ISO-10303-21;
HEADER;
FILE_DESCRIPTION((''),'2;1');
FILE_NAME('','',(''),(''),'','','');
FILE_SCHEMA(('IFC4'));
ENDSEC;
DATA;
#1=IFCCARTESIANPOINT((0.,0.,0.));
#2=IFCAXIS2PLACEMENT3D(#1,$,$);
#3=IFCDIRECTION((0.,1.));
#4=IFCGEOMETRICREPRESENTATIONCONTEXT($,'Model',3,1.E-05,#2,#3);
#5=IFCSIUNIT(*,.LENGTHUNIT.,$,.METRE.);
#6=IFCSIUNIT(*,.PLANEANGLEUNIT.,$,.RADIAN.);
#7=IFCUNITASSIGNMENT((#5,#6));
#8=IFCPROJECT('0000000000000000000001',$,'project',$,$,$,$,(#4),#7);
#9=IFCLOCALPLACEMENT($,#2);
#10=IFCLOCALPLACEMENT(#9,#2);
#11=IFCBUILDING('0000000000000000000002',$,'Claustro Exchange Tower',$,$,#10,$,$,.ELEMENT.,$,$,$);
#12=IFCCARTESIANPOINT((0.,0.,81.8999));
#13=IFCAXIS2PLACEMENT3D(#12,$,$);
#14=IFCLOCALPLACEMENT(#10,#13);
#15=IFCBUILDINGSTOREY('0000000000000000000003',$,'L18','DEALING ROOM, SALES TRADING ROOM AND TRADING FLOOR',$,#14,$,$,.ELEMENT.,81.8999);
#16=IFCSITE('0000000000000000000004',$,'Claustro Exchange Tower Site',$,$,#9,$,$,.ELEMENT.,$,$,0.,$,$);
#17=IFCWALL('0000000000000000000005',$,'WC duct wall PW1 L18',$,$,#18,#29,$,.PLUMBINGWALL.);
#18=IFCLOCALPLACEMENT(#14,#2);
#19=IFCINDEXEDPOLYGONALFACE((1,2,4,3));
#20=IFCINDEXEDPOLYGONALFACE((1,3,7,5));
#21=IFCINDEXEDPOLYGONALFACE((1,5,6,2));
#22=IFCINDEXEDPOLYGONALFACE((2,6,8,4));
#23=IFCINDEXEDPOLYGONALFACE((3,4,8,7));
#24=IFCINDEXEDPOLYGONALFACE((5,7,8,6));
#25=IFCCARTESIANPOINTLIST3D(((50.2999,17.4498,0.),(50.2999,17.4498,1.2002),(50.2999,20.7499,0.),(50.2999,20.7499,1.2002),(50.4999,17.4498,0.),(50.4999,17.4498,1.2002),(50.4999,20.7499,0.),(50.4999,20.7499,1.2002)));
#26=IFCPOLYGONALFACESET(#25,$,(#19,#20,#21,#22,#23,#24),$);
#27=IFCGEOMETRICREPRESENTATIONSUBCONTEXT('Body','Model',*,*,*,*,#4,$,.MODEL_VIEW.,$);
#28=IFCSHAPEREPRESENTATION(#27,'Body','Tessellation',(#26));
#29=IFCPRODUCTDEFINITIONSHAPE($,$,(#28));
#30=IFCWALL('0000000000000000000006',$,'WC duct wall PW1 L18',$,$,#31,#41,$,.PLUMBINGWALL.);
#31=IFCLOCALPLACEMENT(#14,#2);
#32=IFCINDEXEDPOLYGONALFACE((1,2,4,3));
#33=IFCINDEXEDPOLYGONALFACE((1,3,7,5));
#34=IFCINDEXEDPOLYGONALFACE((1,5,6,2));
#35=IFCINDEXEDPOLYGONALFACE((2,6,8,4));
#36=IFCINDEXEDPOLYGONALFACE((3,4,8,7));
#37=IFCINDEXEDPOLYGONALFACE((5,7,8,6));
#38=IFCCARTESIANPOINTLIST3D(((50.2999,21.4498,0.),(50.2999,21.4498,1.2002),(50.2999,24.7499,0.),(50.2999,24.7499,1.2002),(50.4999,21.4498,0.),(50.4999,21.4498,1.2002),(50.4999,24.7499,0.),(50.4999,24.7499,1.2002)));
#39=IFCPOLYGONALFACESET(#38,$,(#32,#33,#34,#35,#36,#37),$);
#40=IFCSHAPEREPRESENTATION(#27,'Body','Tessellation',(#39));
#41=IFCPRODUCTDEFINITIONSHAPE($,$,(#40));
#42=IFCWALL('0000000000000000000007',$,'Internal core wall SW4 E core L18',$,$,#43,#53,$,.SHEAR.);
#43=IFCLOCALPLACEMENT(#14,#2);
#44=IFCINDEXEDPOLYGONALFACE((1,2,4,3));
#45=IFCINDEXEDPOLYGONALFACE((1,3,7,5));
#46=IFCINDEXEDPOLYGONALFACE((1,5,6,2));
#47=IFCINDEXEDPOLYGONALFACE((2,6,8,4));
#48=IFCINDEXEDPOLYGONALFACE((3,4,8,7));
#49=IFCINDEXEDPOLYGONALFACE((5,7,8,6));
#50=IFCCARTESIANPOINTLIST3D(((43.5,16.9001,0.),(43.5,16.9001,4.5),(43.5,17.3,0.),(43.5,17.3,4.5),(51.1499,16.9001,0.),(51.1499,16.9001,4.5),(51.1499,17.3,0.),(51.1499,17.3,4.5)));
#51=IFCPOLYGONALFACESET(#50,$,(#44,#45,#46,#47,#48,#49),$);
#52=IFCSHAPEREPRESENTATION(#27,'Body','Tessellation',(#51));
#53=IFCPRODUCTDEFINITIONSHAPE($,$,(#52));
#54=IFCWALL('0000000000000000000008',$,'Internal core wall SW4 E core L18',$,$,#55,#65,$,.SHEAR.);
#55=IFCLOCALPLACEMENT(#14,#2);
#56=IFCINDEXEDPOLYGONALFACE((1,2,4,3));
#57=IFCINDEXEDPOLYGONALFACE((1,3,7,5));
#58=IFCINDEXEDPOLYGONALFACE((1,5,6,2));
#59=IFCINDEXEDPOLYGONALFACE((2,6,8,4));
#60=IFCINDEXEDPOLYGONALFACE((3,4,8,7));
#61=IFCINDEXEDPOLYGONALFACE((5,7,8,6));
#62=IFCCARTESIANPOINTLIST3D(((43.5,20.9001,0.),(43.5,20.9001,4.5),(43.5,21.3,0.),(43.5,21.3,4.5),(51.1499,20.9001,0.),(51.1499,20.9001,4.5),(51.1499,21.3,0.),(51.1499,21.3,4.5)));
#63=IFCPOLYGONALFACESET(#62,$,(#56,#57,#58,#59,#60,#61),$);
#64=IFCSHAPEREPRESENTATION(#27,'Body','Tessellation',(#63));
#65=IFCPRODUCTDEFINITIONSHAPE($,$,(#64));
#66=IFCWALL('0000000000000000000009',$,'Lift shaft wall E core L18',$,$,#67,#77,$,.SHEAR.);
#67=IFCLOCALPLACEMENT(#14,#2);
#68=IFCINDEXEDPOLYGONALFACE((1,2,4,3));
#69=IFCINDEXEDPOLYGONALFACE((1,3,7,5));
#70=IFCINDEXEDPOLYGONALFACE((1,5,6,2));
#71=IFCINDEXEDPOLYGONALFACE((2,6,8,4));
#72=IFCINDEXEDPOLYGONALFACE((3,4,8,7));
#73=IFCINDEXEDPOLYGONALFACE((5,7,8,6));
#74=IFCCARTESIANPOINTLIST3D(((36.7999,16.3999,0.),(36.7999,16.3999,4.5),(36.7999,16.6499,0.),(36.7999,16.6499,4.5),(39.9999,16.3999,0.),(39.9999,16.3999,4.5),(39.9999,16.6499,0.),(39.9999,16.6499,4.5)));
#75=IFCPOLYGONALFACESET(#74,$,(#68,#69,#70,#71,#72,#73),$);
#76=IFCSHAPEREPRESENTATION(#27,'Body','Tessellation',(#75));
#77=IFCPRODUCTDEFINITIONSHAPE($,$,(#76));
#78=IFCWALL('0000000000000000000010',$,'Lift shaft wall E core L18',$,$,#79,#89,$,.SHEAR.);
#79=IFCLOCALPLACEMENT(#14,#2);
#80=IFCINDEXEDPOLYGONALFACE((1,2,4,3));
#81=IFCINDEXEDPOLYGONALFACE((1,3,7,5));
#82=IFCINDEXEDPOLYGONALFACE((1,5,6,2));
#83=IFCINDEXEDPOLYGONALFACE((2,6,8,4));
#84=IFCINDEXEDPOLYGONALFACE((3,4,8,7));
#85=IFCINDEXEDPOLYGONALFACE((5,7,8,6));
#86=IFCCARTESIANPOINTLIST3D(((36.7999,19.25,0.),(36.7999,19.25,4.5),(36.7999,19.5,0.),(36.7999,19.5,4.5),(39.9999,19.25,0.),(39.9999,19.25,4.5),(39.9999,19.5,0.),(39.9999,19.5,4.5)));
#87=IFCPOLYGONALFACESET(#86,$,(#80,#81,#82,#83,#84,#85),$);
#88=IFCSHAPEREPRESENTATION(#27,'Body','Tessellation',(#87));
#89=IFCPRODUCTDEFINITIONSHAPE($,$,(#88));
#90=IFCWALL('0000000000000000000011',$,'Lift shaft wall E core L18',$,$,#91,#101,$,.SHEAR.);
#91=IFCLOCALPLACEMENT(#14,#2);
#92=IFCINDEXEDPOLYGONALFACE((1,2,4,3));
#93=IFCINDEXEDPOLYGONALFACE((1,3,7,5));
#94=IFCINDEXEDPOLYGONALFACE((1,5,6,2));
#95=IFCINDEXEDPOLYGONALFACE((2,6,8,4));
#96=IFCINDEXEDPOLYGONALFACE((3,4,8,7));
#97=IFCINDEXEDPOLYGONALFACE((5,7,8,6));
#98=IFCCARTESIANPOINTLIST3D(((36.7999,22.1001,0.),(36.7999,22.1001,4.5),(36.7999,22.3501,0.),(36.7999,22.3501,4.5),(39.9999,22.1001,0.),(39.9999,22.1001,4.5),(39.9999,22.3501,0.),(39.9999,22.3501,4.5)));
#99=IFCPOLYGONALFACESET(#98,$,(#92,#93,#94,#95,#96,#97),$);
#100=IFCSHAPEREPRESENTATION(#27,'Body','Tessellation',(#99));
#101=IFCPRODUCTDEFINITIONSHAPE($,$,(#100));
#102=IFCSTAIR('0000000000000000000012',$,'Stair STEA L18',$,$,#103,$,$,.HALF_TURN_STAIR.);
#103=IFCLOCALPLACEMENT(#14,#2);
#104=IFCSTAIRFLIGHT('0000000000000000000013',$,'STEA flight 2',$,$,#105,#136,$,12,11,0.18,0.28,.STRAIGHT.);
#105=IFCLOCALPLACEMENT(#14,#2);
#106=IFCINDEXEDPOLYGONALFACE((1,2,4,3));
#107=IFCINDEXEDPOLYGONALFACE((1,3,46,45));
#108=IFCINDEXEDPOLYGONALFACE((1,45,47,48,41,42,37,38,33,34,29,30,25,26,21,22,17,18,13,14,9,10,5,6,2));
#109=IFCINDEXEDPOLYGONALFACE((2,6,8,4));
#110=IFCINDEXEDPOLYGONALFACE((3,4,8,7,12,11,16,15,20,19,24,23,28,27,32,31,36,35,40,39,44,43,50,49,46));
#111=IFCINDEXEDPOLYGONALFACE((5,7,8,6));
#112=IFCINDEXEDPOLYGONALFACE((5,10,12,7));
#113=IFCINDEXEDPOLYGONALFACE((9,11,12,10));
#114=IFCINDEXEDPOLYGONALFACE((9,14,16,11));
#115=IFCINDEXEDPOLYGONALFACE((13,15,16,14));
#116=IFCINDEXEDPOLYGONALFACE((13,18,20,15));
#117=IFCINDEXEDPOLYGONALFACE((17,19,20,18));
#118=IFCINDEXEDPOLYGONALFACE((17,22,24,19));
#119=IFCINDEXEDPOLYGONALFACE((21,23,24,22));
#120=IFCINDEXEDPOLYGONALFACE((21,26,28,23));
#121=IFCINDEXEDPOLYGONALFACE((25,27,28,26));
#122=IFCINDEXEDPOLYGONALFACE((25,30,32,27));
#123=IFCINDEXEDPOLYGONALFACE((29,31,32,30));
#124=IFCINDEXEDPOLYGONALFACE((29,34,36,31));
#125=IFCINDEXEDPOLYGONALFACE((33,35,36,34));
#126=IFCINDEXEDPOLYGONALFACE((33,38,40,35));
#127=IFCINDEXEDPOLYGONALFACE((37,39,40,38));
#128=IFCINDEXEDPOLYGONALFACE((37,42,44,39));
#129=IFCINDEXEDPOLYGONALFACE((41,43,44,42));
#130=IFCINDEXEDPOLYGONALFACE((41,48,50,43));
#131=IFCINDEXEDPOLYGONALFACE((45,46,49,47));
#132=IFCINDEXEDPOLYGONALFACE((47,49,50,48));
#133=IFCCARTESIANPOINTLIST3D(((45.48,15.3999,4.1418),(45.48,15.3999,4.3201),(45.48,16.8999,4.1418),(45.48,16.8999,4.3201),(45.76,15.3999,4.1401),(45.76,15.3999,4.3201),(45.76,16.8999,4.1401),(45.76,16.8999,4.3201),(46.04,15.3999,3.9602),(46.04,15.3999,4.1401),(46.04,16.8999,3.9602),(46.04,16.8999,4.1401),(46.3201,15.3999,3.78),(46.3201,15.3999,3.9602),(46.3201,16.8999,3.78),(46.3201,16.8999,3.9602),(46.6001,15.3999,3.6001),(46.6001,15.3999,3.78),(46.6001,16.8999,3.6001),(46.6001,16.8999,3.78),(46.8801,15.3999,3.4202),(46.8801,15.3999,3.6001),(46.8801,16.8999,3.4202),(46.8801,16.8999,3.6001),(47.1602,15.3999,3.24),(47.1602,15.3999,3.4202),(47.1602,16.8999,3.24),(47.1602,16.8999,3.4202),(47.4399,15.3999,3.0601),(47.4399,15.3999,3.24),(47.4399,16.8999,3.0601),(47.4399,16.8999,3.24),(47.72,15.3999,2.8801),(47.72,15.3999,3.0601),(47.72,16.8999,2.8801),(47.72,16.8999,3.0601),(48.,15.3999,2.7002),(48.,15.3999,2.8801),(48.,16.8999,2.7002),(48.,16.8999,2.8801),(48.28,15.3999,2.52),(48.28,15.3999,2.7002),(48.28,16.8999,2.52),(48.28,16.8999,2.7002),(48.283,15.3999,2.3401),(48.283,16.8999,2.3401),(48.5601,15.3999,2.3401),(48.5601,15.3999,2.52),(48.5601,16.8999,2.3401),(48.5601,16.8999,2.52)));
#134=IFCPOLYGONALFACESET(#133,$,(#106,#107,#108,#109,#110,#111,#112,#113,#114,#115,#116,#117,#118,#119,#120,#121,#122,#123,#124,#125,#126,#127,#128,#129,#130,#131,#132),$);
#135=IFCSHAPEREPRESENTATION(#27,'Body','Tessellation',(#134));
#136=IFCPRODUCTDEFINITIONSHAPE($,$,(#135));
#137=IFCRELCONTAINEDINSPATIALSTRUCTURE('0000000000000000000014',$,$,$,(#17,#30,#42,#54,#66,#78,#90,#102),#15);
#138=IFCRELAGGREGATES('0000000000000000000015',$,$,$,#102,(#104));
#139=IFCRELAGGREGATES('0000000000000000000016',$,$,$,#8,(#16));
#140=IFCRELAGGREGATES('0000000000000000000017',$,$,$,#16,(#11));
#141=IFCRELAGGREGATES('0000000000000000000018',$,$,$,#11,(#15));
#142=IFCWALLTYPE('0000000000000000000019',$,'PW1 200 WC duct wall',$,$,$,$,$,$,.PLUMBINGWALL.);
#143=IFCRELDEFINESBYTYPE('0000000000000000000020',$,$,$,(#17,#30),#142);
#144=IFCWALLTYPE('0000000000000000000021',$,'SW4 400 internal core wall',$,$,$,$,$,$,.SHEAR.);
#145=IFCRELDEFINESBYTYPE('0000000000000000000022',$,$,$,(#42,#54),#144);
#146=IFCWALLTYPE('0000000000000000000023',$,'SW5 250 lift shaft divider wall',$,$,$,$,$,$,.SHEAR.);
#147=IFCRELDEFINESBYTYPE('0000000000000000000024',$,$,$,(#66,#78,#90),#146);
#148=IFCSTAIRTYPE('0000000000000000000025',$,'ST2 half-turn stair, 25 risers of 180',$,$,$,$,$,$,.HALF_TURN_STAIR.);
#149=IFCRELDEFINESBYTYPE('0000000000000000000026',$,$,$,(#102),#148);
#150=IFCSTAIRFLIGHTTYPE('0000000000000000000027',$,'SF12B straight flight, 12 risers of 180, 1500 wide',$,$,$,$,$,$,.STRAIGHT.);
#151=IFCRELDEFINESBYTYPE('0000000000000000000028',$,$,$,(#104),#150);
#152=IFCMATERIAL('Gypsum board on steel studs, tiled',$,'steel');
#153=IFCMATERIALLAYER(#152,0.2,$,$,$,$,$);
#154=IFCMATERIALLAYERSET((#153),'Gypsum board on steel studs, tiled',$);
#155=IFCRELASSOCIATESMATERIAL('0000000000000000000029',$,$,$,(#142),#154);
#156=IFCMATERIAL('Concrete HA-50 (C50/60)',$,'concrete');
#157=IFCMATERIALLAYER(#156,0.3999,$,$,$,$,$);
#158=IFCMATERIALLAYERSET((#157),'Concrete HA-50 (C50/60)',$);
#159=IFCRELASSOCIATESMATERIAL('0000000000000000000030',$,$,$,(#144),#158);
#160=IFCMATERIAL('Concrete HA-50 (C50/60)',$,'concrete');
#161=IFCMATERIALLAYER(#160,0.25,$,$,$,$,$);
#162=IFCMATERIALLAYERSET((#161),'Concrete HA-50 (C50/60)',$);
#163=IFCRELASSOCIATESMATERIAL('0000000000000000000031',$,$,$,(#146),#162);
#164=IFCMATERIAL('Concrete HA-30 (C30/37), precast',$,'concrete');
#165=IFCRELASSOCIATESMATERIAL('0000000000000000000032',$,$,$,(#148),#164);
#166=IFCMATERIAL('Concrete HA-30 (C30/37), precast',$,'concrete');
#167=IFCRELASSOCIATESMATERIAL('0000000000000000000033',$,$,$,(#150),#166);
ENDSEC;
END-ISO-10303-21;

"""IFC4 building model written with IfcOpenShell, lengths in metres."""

from ifc_helpers import new_model, si_unit, direction, frame, frame_2d, origin, place, context, subcontext, project, spatial, polyline, rectangle, outline, extrude, material, layer, layer_set, type_object, element, aggregate, save


model = new_model("IFC4")

# Units and contexts
model_context = context("Model", 3, precision=1e-05, world=origin(), true_north=direction((0.0, 1.0)))
body_context = subcontext(model_context, "Body", "Model", "MODEL_VIEW")
ifc_project = project(units=[si_unit("LENGTHUNIT", "METRE"), si_unit("PLANEANGLEUNIT", "RADIAN")], contexts=[model_context])

# Site, building, storey
site_placement = place(None, origin())
site = spatial("IfcSite", under=ifc_project, at=site_placement, Name="Claustro Exchange Tower Site", CompositionType="ELEMENT", RefElevation=0.0)
building_placement = place(site_placement, origin())
building = spatial("IfcBuilding", under=site, at=building_placement, Name="Claustro Exchange Tower", CompositionType="ELEMENT")
storey_placement = place(building_placement, frame((0.0, 0.0, 81.8999)))
storey = spatial("IfcBuildingStorey", under=building, at=storey_placement, Name="L18", Description="DEALING ROOM, SALES TRADING ROOM AND TRADING FLOOR", CompositionType="ELEMENT", Elevation=81.8999)

# Walls
ifc_material_1 = material(Name="Gypsum board on steel studs, tiled", Category="steel")
ifc_layer_1 = layer(ifc_material_1, 0.2)
ifc_layer_set_1 = layer_set([ifc_layer_1], Name="Gypsum board on steel studs, tiled")
wall_type_1 = type_object("IfcWallType", Name="PW1 200 WC duct wall", PredefinedType="PLUMBINGWALL", material=ifc_layer_set_1)
for number, where, z_axis, x_axis, name in (
    (1, (50.3999, 17.45, 0.0), (0.0, 0.0, 1.0), (0.0, 1.0, 0.0), "WC duct wall PW1 L18"),
    (2, (50.3999, 21.45, 0.0), (0.0, 0.0, 1.0), (0.0, 1.0, 0.0), "WC duct wall PW1 L18"),
):
    element("IfcWall", number, at=place(storey_placement, frame(where, z_axis=z_axis, x_axis=x_axis)), inside=storey, type_object=wall_type_1, Name=name, PredefinedType="PLUMBINGWALL", context=body_context, shape_type="SweptSolid", body=[
        extrude(rectangle(XDim=3.3, YDim=0.2, at=frame_2d((1.6499, 0.0))), origin(), (0.0, 0.0, 1.0), 1.2002),
    ])
ifc_material_2 = material(Name="Concrete HA-50 (C50/60)", Category="concrete")
ifc_layer_2 = layer(ifc_material_2, 0.3999)
ifc_layer_set_2 = layer_set([ifc_layer_2], Name="Concrete HA-50 (C50/60)")
wall_type_2 = type_object("IfcWallType", Name="SW4 400 internal core wall", PredefinedType="SHEAR", material=ifc_layer_set_2)
for number, where, z_axis, x_axis, name in (
    (3, (51.1499, 17.1001, 0.0), (0.0, 0.0, 1.0), (-1.0, 0.0, 0.0), "Internal core wall SW4 E core L18"),
    (4, (51.1499, 21.1001, 0.0), (0.0, 0.0, 1.0), (-1.0, 0.0, 0.0), "Internal core wall SW4 E core L18"),
):
    element("IfcWall", number, at=place(storey_placement, frame(where, z_axis=z_axis, x_axis=x_axis)), inside=storey, type_object=wall_type_2, Name=name, PredefinedType="SHEAR", context=body_context, shape_type="SweptSolid", body=[
        extrude(rectangle(XDim=7.6499, YDim=0.3999, at=frame_2d((3.825, 0.0))), origin(), (0.0, 0.0, 1.0), 4.5),
    ])
ifc_material_3 = material(Name="Concrete HA-50 (C50/60)", Category="concrete")
ifc_layer_3 = layer(ifc_material_3, 0.25)
ifc_layer_set_3 = layer_set([ifc_layer_3], Name="Concrete HA-50 (C50/60)")
wall_type_3 = type_object("IfcWallType", Name="SW5 250 lift shaft divider wall", PredefinedType="SHEAR", material=ifc_layer_set_3)
for number, where, z_axis, x_axis, name in (
    (5, (40.0, 16.5249, 0.0), (0.0, 0.0, 1.0), (-1.0, 0.0, 0.0), "Lift shaft wall E core L18"),
    (6, (40.0, 19.375, 0.0), (0.0, 0.0, 1.0), (-1.0, 0.0, 0.0), "Lift shaft wall E core L18"),
    (7, (40.0, 22.2251, 0.0), (0.0, 0.0, 1.0), (-1.0, 0.0, 0.0), "Lift shaft wall E core L18"),
):
    element("IfcWall", number, at=place(storey_placement, frame(where, z_axis=z_axis, x_axis=x_axis)), inside=storey, type_object=wall_type_3, Name=name, PredefinedType="SHEAR", context=body_context, shape_type="SweptSolid", body=[
        extrude(rectangle(XDim=3.2, YDim=0.25, at=frame_2d((1.6001, 0.0))), origin(), (0.0, 0.0, 1.0), 4.5),
    ])

# Stair, stair flight
ifc_material_4 = material(Name="Concrete HA-30 (C30/37), precast", Category="concrete")
stair_type = type_object("IfcStairType", Name="ST2 half-turn stair, 25 risers of 180", PredefinedType="HALF_TURN_STAIR", material=ifc_material_4)
stair_placement = place(storey_placement, origin())
stair = element("IfcStair", 8, at=stair_placement, inside=storey, type_object=stair_type, Name="Stair STEA L18", PredefinedType="HALF_TURN_STAIR")
ifc_material_5 = material(Name="Concrete HA-30 (C30/37), precast", Category="concrete")
stair_flight_type = type_object("IfcStairFlightType", Name="SF12B straight flight, 12 risers of 180, 1500 wide", PredefinedType="STRAIGHT", material=ifc_material_5)
stair_flight_placement = place(storey_placement, frame((48.5601, 16.1499, 2.3401), z_axis=(0.0, 0.0, 1.0), x_axis=(-1.0, 0.0, 0.0)))
stair_flight = element("IfcStairFlight", 9, at=stair_flight_placement, type_object=stair_flight_type, Name="STEA flight 2", NumberOfRisers=12, NumberOfTreads=11, PredefinedType="STRAIGHT", RiserHeight=0.18, TreadLength=0.28, context=body_context, shape_type="SweptSolid", body=[
    extrude(outline(polyline([(0.0, 0.0), (0.0, 0.1799), (0.28, 0.1799), (0.28, 0.3601), (0.5601, 0.3601), (0.5601, 0.54), (0.8401, 0.54), (0.8401, 0.72), (1.1201, 0.72), (1.1201, 0.8999), (1.3999, 0.8999), (1.3999, 1.0801), (1.6799, 1.0801), (1.6799, 1.26), (1.96, 1.26), (1.96, 1.4399), (2.24, 1.4399), (2.24, 1.6201), (2.52, 1.6201), (2.52, 1.8), (2.8, 1.8), (2.8, 1.98), (3.0801, 1.98), (3.0801, 2.1599), (3.0801, 1.8018), (0.2771, 0.0), (0.0, 0.0)])), frame((0.0, 0.75, 0.0), z_axis=(0.0, -1.0, 0.0), x_axis=(1.0, 0.0, 0.0)), (0.0, 0.0, 1.0), 1.5),
])
aggregate(stair, [stair_flight])

save(model, "model.ifc")
